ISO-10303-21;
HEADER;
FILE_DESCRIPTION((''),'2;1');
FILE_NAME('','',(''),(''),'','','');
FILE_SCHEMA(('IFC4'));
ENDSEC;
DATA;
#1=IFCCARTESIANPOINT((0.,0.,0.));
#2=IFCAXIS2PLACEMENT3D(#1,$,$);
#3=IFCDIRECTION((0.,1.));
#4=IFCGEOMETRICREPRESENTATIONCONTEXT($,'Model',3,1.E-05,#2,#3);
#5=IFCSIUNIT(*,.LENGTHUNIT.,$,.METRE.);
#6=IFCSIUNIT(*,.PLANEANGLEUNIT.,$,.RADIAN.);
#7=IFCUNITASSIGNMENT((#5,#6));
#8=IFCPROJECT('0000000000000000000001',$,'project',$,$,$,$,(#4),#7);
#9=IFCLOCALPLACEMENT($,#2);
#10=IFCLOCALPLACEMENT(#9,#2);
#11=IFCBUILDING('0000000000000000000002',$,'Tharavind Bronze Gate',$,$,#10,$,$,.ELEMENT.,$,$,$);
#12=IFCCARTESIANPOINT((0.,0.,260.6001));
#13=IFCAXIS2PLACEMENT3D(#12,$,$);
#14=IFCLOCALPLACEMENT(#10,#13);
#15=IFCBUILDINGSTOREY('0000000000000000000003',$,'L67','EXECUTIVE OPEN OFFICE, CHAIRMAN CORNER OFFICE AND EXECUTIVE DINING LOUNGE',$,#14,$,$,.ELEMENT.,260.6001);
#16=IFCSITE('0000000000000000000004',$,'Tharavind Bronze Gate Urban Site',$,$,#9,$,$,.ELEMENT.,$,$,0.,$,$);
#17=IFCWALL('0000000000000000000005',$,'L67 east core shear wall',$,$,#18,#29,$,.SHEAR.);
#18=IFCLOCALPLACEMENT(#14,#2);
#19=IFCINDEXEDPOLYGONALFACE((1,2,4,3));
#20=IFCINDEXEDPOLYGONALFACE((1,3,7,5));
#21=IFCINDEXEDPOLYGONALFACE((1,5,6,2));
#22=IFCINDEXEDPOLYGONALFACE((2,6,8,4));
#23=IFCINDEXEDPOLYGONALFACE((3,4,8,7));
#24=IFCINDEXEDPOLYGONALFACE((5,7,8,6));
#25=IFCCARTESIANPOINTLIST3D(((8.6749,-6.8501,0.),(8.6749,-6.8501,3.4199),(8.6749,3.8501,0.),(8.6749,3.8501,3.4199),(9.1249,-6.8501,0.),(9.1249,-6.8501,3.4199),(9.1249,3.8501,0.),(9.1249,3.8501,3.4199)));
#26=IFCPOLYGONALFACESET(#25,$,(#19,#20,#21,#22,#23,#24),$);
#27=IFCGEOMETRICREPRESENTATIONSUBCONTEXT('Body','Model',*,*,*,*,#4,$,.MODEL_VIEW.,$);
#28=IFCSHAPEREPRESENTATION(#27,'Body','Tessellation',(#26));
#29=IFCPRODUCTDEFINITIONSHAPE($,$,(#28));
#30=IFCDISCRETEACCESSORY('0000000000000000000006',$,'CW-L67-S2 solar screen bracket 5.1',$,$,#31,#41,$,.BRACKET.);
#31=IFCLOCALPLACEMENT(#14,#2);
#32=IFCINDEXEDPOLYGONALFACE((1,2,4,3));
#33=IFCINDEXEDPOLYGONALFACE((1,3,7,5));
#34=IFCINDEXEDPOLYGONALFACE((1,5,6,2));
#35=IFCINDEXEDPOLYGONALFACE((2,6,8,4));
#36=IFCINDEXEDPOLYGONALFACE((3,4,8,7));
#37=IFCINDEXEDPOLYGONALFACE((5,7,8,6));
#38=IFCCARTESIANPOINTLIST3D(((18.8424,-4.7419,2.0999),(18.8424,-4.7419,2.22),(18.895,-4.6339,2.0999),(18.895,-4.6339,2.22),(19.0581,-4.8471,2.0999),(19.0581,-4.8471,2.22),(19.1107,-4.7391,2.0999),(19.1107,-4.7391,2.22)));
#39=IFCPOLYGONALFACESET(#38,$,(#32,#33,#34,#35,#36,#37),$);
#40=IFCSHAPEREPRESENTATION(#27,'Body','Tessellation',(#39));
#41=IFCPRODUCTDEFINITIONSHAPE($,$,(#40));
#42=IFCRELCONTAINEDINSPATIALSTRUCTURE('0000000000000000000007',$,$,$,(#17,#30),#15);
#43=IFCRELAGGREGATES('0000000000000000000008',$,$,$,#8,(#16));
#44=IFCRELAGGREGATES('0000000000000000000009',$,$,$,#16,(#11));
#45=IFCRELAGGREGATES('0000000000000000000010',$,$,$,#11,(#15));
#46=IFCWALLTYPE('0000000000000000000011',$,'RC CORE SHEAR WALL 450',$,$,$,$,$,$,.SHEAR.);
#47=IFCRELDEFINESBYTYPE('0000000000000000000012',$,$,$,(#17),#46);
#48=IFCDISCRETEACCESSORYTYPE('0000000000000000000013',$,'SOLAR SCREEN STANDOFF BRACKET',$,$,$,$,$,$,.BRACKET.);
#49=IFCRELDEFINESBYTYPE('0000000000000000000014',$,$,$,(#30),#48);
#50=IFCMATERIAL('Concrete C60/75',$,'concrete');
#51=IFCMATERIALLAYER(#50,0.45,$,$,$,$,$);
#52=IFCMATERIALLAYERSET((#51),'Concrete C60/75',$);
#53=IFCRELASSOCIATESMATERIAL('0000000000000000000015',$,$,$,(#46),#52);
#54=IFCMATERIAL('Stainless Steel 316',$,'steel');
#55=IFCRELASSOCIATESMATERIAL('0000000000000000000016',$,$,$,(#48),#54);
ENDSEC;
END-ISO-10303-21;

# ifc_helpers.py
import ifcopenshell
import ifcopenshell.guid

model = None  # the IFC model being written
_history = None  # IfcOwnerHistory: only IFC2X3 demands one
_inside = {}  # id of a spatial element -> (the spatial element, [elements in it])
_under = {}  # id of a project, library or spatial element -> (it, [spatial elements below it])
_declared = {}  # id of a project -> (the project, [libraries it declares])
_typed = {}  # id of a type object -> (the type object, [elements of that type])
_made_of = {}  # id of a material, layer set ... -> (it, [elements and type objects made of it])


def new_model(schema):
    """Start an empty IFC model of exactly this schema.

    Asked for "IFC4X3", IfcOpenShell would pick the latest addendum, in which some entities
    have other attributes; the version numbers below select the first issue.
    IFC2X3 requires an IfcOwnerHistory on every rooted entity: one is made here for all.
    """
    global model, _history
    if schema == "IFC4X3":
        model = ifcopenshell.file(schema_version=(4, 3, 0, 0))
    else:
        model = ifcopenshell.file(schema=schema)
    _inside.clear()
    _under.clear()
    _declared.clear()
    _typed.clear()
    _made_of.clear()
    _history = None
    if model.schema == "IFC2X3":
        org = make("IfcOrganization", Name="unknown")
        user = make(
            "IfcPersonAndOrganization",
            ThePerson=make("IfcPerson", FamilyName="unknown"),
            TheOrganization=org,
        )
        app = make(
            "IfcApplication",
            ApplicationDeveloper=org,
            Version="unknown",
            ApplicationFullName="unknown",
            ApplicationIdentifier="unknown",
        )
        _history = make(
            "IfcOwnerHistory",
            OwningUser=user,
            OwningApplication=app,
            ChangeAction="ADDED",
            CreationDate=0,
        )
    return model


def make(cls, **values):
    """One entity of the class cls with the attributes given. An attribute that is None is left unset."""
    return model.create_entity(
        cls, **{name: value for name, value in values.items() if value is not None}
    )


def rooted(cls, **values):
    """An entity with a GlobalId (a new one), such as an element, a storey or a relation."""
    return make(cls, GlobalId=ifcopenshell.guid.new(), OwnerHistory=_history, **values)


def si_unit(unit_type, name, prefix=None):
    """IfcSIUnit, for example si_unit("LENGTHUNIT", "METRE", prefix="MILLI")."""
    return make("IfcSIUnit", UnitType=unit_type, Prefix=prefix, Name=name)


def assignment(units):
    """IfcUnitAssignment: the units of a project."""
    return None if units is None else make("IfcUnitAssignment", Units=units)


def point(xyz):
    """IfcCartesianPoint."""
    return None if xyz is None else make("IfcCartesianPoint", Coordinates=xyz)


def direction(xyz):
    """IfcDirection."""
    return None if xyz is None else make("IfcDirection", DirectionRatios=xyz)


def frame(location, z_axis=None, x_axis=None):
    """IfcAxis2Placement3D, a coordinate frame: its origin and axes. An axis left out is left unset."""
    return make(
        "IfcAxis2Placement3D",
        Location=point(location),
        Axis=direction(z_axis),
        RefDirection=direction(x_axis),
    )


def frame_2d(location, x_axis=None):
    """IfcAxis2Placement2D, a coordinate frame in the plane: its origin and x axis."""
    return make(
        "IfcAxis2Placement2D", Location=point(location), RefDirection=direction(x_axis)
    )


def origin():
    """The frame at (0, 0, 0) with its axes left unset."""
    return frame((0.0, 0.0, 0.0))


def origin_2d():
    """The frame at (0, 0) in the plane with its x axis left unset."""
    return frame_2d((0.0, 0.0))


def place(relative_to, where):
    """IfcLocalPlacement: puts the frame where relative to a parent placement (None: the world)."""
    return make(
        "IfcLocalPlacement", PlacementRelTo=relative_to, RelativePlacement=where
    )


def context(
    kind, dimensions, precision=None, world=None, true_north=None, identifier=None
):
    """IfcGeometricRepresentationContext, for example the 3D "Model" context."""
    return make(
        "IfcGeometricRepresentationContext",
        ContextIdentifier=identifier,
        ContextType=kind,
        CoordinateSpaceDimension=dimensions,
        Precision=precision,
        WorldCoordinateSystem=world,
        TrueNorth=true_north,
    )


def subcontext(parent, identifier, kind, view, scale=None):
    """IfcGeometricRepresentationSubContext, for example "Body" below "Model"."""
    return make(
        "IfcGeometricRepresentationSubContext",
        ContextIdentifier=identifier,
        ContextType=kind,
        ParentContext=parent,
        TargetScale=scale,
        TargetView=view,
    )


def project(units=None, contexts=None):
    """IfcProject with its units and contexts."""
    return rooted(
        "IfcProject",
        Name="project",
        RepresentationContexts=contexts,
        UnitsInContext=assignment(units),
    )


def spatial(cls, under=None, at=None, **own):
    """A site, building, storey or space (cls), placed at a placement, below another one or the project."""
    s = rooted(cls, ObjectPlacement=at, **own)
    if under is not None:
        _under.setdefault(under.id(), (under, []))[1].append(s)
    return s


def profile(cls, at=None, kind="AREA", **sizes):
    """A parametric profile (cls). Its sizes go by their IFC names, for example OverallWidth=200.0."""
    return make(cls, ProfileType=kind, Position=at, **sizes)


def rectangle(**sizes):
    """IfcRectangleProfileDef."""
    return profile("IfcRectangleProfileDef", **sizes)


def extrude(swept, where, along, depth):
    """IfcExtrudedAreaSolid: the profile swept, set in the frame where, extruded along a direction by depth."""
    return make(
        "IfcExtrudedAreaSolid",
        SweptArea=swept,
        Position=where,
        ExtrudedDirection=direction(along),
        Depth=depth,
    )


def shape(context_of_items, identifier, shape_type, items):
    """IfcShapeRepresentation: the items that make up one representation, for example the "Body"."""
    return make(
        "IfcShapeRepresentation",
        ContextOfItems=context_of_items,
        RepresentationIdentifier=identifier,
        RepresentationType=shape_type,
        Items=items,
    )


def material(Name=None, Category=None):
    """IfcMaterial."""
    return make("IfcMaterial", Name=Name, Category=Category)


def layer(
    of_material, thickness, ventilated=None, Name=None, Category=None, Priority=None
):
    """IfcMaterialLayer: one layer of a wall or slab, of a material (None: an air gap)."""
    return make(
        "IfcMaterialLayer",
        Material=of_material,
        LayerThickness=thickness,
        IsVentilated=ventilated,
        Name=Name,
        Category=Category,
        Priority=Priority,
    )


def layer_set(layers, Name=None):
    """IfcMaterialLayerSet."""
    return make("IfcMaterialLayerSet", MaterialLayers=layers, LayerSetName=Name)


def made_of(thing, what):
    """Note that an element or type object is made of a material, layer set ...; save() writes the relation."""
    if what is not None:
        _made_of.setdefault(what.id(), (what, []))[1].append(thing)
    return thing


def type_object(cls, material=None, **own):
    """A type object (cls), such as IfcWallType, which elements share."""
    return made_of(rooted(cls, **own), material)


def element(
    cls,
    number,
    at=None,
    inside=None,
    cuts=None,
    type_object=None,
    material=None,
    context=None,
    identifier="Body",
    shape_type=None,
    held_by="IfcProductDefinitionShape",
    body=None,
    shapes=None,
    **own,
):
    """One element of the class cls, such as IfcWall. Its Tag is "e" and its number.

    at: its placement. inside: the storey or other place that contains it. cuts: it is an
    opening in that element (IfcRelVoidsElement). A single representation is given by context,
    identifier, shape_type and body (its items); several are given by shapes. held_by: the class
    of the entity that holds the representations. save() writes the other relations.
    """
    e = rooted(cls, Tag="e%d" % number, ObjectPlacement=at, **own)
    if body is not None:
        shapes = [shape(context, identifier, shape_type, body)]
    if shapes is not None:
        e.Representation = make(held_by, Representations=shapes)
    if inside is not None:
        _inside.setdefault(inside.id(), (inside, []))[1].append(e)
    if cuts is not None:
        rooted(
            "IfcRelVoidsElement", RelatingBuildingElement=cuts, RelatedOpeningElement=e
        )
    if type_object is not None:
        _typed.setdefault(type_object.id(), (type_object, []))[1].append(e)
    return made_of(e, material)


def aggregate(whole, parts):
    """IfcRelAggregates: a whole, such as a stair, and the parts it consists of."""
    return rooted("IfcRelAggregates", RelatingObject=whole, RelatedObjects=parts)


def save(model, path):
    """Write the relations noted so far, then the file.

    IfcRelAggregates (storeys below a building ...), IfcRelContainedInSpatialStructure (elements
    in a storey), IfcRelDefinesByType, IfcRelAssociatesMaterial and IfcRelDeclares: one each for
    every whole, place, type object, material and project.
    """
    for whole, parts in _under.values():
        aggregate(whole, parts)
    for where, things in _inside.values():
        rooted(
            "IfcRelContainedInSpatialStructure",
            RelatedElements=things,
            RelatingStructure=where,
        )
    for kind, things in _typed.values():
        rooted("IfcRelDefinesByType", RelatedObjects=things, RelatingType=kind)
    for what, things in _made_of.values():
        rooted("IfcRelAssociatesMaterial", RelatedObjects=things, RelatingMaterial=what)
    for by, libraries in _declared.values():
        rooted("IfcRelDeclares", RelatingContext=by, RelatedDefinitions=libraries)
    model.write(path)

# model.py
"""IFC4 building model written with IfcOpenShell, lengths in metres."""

from ifc_helpers import new_model, si_unit, direction, frame, frame_2d, origin, origin_2d, place, context, subcontext, project, spatial, rectangle, extrude, material, layer, layer_set, type_object, element, save


model = new_model("IFC4")

# Units and contexts
model_context = context("Model", 3, precision=1e-05, world=origin(), true_north=direction((0.0, 1.0)))
body_context = subcontext(model_context, "Body", "Model", "MODEL_VIEW")
ifc_project = project(units=[si_unit("LENGTHUNIT", "METRE"), si_unit("PLANEANGLEUNIT", "RADIAN")], contexts=[model_context])

# Site, building, storey
site_placement = place(None, origin())
site = spatial("IfcSite", under=ifc_project, at=site_placement, Name="Tharavind Bronze Gate Urban Site", CompositionType="ELEMENT", RefElevation=0.0)
building_placement = place(site_placement, origin())
building = spatial("IfcBuilding", under=site, at=building_placement, Name="Tharavind Bronze Gate", CompositionType="ELEMENT")
storey_placement = place(building_placement, frame((0.0, 0.0, 260.6001)))
storey = spatial("IfcBuildingStorey", under=building, at=storey_placement, Name="L67", Description="EXECUTIVE OPEN OFFICE, CHAIRMAN CORNER OFFICE AND EXECUTIVE DINING LOUNGE", CompositionType="ELEMENT", Elevation=260.6001)

# Wall
ifc_material_1 = material(Name="Concrete C60/75", Category="concrete")
ifc_layer_1 = layer(ifc_material_1, 0.45)
ifc_layer_set_1 = layer_set([ifc_layer_1], Name="Concrete C60/75")
wall_type_1 = type_object("IfcWallType", Name="RC CORE SHEAR WALL 450", PredefinedType="SHEAR", material=ifc_layer_set_1)
wall_1_placement = place(storey_placement, frame((8.8999, -6.8501, 0.0), z_axis=(0.0, 0.0, 1.0), x_axis=(0.0, 1.0, 0.0)))
element("IfcWall", 1, at=wall_1_placement, inside=storey, type_object=wall_type_1, Name="L67 east core shear wall", PredefinedType="SHEAR", context=body_context, shape_type="SweptSolid", body=[
    extrude(rectangle(XDim=10.7002, YDim=0.45, at=frame_2d((5.3501, 0.0))), origin(), (0.0, 0.0, 1.0), 3.4199),
])

# Discrete accessory
ifc_material_2 = material(Name="Stainless Steel 316", Category="steel")
discrete_accessory_type = type_object("IfcDiscreteAccessoryType", Name="SOLAR SCREEN STANDOFF BRACKET", PredefinedType="BRACKET", material=ifc_material_2)
discrete_accessory_placement = place(storey_placement, frame((18.9766, -4.7405, 2.0999), z_axis=(0.0, 0.0, 1.0), x_axis=(0.438373, 0.898793, 0.0)))
element("IfcDiscreteAccessory", 2, at=discrete_accessory_placement, inside=storey, type_object=discrete_accessory_type, Name="CW-L67-S2 solar screen bracket 5.1", PredefinedType="BRACKET", context=body_context, shape_type="SweptSolid", body=[
    extrude(rectangle(XDim=0.1201, YDim=0.24, at=origin_2d()), origin(), (0.0, 0.0, 1.0), 0.1201),
])

save(model, "model.ifc")
